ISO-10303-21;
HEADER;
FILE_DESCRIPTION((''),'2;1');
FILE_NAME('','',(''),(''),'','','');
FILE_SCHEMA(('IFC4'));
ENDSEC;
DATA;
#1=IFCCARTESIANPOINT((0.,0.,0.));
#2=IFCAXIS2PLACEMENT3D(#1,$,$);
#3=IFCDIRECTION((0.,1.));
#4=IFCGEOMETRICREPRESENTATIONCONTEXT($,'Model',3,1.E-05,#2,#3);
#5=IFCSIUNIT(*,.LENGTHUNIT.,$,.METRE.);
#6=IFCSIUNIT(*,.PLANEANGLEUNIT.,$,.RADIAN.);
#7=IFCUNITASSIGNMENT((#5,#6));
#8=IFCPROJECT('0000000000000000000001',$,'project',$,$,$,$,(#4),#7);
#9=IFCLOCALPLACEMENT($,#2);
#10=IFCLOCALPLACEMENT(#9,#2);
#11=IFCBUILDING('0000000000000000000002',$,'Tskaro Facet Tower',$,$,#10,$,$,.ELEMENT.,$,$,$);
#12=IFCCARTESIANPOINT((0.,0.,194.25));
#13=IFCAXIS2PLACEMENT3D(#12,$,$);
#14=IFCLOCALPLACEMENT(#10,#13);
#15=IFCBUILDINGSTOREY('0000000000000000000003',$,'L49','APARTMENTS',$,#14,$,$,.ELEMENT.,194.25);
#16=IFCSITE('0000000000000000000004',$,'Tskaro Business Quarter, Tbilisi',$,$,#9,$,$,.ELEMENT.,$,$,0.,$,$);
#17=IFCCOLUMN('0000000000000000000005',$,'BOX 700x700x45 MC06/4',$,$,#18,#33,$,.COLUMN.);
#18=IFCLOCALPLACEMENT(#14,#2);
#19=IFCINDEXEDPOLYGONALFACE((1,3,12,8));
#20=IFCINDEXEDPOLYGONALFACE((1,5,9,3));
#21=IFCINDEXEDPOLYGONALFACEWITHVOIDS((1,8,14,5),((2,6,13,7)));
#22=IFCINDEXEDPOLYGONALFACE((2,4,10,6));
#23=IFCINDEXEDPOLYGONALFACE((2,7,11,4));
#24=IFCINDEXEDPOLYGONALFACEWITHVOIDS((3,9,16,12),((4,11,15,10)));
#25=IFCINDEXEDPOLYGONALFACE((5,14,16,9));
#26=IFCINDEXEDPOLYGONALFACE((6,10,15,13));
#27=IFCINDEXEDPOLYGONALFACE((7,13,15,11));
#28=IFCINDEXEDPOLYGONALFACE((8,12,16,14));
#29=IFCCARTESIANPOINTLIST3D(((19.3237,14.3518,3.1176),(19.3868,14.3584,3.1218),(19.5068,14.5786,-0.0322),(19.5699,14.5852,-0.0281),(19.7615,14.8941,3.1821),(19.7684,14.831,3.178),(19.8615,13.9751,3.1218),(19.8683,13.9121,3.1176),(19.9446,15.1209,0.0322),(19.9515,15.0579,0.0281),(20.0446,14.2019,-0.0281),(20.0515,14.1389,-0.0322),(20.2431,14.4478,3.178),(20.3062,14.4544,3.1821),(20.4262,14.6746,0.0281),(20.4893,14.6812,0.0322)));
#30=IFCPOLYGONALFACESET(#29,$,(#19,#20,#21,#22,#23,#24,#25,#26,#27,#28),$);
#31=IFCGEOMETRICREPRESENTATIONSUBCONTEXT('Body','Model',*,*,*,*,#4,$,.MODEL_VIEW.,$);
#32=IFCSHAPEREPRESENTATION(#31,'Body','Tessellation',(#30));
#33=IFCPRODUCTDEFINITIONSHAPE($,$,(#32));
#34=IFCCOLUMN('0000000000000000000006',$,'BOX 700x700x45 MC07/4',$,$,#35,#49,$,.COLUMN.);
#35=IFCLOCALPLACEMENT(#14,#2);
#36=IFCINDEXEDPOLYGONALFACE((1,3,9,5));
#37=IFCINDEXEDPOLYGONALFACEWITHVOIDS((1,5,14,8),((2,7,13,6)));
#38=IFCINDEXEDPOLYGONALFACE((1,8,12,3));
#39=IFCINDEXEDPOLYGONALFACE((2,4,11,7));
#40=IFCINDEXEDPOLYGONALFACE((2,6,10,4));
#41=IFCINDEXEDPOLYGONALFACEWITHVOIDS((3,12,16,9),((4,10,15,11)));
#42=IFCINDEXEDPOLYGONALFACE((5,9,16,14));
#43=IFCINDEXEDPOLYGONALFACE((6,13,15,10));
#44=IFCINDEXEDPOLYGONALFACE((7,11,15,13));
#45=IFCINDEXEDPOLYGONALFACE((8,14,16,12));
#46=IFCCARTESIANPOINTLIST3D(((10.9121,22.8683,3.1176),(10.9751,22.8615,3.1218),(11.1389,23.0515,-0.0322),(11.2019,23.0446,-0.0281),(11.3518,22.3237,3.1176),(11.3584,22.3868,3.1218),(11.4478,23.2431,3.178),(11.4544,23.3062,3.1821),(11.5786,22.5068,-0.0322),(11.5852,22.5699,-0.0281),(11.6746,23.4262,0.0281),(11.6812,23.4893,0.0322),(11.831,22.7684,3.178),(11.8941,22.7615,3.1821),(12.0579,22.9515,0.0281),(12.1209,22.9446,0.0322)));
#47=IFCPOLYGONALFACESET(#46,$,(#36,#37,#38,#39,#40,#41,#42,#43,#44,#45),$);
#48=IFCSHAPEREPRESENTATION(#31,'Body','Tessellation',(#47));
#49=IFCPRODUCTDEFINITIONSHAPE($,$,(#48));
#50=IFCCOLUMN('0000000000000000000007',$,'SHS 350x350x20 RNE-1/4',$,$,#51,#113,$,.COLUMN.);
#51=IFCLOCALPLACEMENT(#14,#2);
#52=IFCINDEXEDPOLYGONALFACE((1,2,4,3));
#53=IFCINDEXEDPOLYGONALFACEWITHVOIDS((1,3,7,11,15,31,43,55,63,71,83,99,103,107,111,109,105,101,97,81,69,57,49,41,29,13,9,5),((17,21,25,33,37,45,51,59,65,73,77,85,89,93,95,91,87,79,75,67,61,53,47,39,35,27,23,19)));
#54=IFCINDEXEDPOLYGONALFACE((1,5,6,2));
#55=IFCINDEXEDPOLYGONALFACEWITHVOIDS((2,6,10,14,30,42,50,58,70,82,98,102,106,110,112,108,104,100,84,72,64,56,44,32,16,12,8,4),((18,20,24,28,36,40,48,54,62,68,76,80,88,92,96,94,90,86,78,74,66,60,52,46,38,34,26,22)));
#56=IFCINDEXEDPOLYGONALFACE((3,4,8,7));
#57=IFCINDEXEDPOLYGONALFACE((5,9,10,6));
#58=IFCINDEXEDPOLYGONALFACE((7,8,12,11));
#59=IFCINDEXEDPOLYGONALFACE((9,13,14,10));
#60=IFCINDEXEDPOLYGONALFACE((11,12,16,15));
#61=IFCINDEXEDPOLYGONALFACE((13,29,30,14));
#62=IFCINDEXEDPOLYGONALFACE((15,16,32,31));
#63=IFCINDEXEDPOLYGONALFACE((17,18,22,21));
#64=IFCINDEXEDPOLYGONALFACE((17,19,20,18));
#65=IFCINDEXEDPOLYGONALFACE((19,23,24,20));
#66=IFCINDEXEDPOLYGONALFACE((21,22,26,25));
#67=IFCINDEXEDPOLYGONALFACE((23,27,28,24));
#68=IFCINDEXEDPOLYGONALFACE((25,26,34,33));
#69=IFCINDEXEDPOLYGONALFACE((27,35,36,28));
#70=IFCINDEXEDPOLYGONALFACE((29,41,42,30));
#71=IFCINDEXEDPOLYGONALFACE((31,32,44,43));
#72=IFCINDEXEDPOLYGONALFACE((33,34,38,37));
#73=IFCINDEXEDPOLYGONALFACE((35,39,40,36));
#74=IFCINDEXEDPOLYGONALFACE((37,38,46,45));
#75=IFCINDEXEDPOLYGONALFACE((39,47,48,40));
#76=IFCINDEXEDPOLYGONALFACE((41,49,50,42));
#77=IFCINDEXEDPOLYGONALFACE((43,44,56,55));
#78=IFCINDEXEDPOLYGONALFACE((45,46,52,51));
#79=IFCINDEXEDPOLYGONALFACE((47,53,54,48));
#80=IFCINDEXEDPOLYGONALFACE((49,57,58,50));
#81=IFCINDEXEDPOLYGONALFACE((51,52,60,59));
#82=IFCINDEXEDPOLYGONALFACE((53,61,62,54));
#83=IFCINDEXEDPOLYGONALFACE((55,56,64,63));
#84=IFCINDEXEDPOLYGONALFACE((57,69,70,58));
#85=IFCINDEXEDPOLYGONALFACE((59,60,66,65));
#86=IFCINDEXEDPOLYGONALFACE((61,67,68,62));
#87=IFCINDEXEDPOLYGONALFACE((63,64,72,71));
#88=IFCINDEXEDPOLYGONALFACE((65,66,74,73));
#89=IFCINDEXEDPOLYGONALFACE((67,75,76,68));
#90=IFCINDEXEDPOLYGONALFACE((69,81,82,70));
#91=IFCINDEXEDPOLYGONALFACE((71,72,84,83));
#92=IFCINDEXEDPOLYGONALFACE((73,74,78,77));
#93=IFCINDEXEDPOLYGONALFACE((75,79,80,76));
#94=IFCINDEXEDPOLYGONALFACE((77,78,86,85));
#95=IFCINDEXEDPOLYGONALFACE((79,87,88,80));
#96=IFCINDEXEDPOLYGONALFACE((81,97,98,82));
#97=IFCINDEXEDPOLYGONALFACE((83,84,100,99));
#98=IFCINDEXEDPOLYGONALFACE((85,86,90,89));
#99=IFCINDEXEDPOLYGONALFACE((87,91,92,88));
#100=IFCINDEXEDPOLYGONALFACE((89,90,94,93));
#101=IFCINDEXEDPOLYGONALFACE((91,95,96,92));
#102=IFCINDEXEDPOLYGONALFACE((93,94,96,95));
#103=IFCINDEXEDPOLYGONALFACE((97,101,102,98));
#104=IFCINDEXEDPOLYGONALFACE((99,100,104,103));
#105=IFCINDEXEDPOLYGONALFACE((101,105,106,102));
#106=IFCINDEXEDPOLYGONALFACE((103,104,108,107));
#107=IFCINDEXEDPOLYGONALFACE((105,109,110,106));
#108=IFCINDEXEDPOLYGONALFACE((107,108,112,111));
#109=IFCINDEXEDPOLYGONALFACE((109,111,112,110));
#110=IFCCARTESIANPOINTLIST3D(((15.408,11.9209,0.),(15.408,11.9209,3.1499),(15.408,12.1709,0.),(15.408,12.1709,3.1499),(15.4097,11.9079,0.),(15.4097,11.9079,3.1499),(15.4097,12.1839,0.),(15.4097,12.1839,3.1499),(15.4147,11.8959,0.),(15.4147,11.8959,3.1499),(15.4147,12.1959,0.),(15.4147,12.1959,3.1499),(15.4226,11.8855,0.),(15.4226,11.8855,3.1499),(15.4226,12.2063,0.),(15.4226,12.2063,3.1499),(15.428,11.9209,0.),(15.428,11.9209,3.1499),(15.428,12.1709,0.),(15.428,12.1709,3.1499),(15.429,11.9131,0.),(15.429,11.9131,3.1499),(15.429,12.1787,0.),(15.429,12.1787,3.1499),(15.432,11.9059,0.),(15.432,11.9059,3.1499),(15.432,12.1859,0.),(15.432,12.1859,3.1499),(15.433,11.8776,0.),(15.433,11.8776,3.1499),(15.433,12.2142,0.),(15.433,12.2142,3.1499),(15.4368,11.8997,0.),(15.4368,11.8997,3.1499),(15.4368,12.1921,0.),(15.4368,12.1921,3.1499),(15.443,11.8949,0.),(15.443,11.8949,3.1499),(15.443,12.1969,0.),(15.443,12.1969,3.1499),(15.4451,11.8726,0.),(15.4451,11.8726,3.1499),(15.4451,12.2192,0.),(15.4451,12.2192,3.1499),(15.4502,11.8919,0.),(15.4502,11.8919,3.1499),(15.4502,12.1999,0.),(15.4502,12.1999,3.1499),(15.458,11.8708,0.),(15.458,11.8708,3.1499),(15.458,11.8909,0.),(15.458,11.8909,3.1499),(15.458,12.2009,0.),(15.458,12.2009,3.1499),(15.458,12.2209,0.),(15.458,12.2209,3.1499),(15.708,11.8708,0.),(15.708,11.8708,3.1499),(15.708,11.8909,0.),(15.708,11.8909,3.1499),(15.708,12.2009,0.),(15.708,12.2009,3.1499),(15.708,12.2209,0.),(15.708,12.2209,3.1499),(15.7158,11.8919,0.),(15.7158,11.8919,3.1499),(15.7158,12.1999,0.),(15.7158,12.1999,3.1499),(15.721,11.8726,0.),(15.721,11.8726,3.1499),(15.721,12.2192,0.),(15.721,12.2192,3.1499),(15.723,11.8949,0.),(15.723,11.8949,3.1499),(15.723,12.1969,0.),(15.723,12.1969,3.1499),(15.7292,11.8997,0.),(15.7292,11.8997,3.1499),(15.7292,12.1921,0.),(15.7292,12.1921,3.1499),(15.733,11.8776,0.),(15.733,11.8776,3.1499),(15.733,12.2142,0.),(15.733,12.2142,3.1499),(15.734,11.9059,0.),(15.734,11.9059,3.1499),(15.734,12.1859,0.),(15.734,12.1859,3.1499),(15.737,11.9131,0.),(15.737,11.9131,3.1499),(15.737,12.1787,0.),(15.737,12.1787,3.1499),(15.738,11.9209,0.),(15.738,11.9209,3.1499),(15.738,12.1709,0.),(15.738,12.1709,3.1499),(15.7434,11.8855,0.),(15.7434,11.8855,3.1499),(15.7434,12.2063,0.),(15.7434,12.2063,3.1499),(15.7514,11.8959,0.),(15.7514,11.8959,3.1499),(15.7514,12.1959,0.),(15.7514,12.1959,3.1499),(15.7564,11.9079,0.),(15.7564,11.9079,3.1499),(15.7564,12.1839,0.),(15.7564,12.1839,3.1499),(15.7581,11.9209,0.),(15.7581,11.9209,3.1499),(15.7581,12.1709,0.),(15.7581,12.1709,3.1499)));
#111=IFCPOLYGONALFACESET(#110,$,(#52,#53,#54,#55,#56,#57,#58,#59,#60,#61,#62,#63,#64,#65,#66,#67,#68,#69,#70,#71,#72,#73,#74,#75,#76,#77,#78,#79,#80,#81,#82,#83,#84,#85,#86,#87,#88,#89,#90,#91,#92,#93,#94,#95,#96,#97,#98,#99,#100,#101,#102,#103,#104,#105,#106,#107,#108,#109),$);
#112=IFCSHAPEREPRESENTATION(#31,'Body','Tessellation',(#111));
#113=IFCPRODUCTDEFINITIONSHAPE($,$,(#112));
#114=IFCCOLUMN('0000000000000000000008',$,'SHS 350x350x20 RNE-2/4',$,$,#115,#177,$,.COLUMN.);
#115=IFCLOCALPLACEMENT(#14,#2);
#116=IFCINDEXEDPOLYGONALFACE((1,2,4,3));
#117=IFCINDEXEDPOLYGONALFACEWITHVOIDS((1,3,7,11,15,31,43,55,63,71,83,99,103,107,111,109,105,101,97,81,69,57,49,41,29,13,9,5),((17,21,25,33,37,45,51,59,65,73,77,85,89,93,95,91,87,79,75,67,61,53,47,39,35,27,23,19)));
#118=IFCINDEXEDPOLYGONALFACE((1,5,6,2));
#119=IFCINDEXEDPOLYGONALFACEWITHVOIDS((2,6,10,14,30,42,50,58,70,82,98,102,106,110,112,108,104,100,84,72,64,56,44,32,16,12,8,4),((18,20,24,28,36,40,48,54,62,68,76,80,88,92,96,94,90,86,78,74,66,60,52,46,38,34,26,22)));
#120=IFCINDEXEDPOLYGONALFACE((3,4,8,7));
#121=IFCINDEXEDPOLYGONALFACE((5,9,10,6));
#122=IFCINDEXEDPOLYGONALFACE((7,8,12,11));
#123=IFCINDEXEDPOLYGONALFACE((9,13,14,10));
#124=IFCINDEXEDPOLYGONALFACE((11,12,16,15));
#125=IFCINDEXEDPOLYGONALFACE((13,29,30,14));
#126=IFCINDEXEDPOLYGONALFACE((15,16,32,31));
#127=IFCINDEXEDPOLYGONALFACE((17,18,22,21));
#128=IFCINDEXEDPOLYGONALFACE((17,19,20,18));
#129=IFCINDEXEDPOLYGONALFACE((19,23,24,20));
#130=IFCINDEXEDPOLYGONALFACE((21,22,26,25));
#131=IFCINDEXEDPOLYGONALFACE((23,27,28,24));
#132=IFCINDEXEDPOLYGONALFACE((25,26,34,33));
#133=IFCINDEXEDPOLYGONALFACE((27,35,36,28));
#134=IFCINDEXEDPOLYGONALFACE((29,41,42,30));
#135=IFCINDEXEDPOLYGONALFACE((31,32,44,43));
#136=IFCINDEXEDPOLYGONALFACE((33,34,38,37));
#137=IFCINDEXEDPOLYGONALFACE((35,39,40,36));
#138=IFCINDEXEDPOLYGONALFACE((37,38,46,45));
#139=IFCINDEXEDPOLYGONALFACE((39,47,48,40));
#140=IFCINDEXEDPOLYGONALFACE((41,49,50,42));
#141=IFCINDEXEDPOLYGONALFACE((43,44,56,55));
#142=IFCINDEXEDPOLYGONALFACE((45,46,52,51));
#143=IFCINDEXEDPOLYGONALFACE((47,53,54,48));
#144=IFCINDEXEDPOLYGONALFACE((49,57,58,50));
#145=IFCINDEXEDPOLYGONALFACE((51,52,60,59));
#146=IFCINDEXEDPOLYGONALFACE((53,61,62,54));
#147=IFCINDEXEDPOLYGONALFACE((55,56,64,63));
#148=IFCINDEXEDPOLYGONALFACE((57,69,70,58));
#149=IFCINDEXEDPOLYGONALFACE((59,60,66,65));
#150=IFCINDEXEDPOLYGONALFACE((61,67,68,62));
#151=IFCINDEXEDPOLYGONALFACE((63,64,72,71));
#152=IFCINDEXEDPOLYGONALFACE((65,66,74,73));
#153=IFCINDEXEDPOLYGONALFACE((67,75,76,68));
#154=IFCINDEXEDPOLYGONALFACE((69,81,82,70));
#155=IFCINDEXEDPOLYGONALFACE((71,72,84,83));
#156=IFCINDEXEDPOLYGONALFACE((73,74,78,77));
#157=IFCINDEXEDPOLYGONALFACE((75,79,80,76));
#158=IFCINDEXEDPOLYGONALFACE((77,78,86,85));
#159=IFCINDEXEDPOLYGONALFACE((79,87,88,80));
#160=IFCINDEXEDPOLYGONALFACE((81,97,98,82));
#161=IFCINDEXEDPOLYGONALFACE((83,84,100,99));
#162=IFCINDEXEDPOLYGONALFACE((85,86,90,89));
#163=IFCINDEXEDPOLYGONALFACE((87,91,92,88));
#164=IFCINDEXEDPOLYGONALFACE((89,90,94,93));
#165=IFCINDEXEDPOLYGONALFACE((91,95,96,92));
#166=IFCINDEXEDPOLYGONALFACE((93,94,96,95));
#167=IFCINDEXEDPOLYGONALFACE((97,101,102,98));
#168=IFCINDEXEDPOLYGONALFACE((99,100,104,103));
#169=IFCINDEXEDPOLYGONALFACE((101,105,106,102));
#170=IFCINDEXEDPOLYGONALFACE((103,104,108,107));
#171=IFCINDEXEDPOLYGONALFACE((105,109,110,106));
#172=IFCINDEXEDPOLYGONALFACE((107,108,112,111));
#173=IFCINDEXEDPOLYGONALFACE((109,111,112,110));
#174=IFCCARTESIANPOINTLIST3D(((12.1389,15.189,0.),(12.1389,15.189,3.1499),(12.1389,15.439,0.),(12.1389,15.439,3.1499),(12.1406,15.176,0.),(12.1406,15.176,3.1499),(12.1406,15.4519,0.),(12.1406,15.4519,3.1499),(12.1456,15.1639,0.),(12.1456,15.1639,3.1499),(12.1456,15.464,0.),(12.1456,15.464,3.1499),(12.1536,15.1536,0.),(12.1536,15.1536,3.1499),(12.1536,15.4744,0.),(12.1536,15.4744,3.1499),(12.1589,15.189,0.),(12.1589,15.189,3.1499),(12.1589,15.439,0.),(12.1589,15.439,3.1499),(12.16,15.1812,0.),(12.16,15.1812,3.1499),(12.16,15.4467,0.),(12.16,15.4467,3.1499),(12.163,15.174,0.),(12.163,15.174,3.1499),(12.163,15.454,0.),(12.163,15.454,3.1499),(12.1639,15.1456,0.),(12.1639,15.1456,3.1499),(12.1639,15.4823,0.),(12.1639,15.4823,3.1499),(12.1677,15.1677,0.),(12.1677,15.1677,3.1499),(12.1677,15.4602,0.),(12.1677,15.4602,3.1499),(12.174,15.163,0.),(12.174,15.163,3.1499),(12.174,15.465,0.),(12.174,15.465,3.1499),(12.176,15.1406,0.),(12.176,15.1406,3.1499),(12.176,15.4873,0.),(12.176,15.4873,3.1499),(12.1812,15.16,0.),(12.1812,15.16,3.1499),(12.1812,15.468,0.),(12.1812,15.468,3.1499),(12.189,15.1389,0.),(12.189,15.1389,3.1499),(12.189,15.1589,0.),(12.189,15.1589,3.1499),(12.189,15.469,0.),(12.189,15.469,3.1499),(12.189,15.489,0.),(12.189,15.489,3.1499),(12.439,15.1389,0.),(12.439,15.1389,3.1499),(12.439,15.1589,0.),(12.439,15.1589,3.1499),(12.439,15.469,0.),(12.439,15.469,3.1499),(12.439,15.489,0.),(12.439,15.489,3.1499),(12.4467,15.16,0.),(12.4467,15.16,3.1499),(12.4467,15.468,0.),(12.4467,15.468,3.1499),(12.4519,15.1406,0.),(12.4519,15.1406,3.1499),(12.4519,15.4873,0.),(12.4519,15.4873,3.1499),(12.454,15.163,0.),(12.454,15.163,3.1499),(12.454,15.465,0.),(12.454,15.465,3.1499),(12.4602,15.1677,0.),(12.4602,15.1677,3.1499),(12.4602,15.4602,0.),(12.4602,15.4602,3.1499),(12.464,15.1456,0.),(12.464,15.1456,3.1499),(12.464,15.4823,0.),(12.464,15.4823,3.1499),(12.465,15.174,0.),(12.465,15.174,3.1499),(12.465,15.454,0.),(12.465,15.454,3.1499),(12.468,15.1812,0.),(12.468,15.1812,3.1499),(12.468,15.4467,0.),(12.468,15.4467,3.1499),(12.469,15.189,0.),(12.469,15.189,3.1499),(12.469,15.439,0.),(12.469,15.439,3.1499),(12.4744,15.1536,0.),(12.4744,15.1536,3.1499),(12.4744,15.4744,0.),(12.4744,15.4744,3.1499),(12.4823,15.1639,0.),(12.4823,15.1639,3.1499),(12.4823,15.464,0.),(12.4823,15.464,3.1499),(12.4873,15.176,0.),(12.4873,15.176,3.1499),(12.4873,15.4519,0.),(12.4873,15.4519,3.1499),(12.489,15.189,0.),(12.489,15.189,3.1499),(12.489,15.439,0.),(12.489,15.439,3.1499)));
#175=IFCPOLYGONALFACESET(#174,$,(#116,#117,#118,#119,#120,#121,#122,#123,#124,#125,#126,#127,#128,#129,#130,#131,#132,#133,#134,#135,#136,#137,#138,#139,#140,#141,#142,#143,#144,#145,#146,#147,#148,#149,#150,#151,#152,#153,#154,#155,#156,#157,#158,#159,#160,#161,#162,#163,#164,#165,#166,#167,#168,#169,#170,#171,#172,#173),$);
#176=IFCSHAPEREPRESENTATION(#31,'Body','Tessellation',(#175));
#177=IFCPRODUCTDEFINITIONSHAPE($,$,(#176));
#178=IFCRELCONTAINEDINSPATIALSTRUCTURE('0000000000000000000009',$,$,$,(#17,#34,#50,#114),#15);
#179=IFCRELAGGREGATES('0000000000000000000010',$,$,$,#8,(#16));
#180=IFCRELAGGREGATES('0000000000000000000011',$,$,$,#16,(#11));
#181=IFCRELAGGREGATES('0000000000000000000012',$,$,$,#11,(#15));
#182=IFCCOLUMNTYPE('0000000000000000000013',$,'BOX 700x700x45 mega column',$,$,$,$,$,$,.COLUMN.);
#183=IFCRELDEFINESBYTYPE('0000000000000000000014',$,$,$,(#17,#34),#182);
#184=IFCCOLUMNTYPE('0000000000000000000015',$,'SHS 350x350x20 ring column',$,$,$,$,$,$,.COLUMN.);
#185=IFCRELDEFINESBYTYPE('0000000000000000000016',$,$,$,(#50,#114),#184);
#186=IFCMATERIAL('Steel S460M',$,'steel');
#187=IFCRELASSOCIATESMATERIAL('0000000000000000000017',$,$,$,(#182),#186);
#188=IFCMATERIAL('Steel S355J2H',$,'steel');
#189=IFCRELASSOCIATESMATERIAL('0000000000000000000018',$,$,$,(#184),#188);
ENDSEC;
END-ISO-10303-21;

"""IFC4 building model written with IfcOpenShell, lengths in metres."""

from ifc_helpers import new_model, si_unit, direction, frame, origin, origin_2d, place, context, subcontext, project, spatial, hollow_rectangle, extrude, material, material_profile, profile_set, type_object, element, save


model = new_model("IFC4")

# Units and contexts
model_context = context("Model", 3, precision=1e-05, world=origin(), true_north=direction((0.0, 1.0)))
body_context = subcontext(model_context, "Body", "Model", "MODEL_VIEW")
ifc_project = project(units=[si_unit("LENGTHUNIT", "METRE"), si_unit("PLANEANGLEUNIT", "RADIAN")], contexts=[model_context])

# Site, building, storey
site_placement = place(None, origin())
site = spatial("IfcSite", under=ifc_project, at=site_placement, Name="Tskaro Business Quarter, Tbilisi", CompositionType="ELEMENT", RefElevation=0.0)
building_placement = place(site_placement, origin())
building = spatial("IfcBuilding", under=site, at=building_placement, Name="Tskaro Facet Tower", CompositionType="ELEMENT")
storey_placement = place(building_placement, frame((0.0, 0.0, 194.25)))
storey = spatial("IfcBuildingStorey", under=building, at=storey_placement, Name="L49", Description="APARTMENTS", CompositionType="ELEMENT", Elevation=194.25)

# Columns
ifc_material_1 = material(Name="Steel S460M", Category="steel")
ifc_material_profile_1 = material_profile(ifc_material_1, hollow_rectangle(XDim=0.7, YDim=0.7, WallThickness=0.0449, at=origin_2d()), Name="BOX 700x700x45")
ifc_profile_set_1 = profile_set([ifc_material_profile_1], Name="Steel S460M")
column_type_1 = type_object("IfcColumnType", Name="BOX 700x700x45 mega column", PredefinedType="COLUMN", material=ifc_profile_set_1)
for number, where, z_axis, x_axis, name in (
    (1, (19.998, 14.6299, 0.0), (-0.057883, -0.071698, 0.995745), (0.778083, -0.628162, 0.0), "BOX 700x700x45 MC06/4"),
    (2, (11.6299, 22.998, 0.0), (-0.071698, -0.057883, 0.995745), (0.628162, -0.778083, 0.0), "BOX 700x700x45 MC07/4"),
):
    element("IfcColumn", number, at=place(storey_placement, frame(where, z_axis=z_axis, x_axis=x_axis)), inside=storey, type_object=column_type_1, Name=name, PredefinedType="COLUMN", context=body_context, shape_type="SweptSolid", body=[
        extrude(hollow_rectangle(XDim=0.7, YDim=0.7, WallThickness=0.0449, at=origin_2d()), origin(), (0.0, 0.0, 1.0), 3.1633),
    ])
ifc_material_2 = material(Name="Steel S355J2H", Category="steel")
ifc_material_profile_2 = material_profile(ifc_material_2, hollow_rectangle(XDim=0.3501, YDim=0.3501, WallThickness=0.02, InnerFilletRadius=0.03, OuterFilletRadius=0.05, at=origin_2d()), Name="SHS 350x350x20")
ifc_profile_set_2 = profile_set([ifc_material_profile_2], Name="Steel S355J2H")
column_type_2 = type_object("IfcColumnType", Name="SHS 350x350x20 ring column", PredefinedType="COLUMN", material=ifc_profile_set_2)
for number, where, z_axis, x_axis, name in (
    (3, (15.583, 12.0459, 0.0), (0.0, 0.0, 1.0), (1.0, 0.0, 0.0), "SHS 350x350x20 RNE-1/4"),
    (4, (12.314, 15.314, 0.0), (0.0, 0.0, 1.0), (1.0, 0.0, 0.0), "SHS 350x350x20 RNE-2/4"),
):
    element("IfcColumn", number, at=place(storey_placement, frame(where, z_axis=z_axis, x_axis=x_axis)), inside=storey, type_object=column_type_2, Name=name, PredefinedType="COLUMN", context=body_context, shape_type="SweptSolid", body=[
        extrude(hollow_rectangle(XDim=0.3501, YDim=0.3501, WallThickness=0.02, InnerFilletRadius=0.03, OuterFilletRadius=0.05, at=origin_2d()), origin(), (0.0, 0.0, 1.0), 3.1499),
    ])

save(model, "model.ifc")
